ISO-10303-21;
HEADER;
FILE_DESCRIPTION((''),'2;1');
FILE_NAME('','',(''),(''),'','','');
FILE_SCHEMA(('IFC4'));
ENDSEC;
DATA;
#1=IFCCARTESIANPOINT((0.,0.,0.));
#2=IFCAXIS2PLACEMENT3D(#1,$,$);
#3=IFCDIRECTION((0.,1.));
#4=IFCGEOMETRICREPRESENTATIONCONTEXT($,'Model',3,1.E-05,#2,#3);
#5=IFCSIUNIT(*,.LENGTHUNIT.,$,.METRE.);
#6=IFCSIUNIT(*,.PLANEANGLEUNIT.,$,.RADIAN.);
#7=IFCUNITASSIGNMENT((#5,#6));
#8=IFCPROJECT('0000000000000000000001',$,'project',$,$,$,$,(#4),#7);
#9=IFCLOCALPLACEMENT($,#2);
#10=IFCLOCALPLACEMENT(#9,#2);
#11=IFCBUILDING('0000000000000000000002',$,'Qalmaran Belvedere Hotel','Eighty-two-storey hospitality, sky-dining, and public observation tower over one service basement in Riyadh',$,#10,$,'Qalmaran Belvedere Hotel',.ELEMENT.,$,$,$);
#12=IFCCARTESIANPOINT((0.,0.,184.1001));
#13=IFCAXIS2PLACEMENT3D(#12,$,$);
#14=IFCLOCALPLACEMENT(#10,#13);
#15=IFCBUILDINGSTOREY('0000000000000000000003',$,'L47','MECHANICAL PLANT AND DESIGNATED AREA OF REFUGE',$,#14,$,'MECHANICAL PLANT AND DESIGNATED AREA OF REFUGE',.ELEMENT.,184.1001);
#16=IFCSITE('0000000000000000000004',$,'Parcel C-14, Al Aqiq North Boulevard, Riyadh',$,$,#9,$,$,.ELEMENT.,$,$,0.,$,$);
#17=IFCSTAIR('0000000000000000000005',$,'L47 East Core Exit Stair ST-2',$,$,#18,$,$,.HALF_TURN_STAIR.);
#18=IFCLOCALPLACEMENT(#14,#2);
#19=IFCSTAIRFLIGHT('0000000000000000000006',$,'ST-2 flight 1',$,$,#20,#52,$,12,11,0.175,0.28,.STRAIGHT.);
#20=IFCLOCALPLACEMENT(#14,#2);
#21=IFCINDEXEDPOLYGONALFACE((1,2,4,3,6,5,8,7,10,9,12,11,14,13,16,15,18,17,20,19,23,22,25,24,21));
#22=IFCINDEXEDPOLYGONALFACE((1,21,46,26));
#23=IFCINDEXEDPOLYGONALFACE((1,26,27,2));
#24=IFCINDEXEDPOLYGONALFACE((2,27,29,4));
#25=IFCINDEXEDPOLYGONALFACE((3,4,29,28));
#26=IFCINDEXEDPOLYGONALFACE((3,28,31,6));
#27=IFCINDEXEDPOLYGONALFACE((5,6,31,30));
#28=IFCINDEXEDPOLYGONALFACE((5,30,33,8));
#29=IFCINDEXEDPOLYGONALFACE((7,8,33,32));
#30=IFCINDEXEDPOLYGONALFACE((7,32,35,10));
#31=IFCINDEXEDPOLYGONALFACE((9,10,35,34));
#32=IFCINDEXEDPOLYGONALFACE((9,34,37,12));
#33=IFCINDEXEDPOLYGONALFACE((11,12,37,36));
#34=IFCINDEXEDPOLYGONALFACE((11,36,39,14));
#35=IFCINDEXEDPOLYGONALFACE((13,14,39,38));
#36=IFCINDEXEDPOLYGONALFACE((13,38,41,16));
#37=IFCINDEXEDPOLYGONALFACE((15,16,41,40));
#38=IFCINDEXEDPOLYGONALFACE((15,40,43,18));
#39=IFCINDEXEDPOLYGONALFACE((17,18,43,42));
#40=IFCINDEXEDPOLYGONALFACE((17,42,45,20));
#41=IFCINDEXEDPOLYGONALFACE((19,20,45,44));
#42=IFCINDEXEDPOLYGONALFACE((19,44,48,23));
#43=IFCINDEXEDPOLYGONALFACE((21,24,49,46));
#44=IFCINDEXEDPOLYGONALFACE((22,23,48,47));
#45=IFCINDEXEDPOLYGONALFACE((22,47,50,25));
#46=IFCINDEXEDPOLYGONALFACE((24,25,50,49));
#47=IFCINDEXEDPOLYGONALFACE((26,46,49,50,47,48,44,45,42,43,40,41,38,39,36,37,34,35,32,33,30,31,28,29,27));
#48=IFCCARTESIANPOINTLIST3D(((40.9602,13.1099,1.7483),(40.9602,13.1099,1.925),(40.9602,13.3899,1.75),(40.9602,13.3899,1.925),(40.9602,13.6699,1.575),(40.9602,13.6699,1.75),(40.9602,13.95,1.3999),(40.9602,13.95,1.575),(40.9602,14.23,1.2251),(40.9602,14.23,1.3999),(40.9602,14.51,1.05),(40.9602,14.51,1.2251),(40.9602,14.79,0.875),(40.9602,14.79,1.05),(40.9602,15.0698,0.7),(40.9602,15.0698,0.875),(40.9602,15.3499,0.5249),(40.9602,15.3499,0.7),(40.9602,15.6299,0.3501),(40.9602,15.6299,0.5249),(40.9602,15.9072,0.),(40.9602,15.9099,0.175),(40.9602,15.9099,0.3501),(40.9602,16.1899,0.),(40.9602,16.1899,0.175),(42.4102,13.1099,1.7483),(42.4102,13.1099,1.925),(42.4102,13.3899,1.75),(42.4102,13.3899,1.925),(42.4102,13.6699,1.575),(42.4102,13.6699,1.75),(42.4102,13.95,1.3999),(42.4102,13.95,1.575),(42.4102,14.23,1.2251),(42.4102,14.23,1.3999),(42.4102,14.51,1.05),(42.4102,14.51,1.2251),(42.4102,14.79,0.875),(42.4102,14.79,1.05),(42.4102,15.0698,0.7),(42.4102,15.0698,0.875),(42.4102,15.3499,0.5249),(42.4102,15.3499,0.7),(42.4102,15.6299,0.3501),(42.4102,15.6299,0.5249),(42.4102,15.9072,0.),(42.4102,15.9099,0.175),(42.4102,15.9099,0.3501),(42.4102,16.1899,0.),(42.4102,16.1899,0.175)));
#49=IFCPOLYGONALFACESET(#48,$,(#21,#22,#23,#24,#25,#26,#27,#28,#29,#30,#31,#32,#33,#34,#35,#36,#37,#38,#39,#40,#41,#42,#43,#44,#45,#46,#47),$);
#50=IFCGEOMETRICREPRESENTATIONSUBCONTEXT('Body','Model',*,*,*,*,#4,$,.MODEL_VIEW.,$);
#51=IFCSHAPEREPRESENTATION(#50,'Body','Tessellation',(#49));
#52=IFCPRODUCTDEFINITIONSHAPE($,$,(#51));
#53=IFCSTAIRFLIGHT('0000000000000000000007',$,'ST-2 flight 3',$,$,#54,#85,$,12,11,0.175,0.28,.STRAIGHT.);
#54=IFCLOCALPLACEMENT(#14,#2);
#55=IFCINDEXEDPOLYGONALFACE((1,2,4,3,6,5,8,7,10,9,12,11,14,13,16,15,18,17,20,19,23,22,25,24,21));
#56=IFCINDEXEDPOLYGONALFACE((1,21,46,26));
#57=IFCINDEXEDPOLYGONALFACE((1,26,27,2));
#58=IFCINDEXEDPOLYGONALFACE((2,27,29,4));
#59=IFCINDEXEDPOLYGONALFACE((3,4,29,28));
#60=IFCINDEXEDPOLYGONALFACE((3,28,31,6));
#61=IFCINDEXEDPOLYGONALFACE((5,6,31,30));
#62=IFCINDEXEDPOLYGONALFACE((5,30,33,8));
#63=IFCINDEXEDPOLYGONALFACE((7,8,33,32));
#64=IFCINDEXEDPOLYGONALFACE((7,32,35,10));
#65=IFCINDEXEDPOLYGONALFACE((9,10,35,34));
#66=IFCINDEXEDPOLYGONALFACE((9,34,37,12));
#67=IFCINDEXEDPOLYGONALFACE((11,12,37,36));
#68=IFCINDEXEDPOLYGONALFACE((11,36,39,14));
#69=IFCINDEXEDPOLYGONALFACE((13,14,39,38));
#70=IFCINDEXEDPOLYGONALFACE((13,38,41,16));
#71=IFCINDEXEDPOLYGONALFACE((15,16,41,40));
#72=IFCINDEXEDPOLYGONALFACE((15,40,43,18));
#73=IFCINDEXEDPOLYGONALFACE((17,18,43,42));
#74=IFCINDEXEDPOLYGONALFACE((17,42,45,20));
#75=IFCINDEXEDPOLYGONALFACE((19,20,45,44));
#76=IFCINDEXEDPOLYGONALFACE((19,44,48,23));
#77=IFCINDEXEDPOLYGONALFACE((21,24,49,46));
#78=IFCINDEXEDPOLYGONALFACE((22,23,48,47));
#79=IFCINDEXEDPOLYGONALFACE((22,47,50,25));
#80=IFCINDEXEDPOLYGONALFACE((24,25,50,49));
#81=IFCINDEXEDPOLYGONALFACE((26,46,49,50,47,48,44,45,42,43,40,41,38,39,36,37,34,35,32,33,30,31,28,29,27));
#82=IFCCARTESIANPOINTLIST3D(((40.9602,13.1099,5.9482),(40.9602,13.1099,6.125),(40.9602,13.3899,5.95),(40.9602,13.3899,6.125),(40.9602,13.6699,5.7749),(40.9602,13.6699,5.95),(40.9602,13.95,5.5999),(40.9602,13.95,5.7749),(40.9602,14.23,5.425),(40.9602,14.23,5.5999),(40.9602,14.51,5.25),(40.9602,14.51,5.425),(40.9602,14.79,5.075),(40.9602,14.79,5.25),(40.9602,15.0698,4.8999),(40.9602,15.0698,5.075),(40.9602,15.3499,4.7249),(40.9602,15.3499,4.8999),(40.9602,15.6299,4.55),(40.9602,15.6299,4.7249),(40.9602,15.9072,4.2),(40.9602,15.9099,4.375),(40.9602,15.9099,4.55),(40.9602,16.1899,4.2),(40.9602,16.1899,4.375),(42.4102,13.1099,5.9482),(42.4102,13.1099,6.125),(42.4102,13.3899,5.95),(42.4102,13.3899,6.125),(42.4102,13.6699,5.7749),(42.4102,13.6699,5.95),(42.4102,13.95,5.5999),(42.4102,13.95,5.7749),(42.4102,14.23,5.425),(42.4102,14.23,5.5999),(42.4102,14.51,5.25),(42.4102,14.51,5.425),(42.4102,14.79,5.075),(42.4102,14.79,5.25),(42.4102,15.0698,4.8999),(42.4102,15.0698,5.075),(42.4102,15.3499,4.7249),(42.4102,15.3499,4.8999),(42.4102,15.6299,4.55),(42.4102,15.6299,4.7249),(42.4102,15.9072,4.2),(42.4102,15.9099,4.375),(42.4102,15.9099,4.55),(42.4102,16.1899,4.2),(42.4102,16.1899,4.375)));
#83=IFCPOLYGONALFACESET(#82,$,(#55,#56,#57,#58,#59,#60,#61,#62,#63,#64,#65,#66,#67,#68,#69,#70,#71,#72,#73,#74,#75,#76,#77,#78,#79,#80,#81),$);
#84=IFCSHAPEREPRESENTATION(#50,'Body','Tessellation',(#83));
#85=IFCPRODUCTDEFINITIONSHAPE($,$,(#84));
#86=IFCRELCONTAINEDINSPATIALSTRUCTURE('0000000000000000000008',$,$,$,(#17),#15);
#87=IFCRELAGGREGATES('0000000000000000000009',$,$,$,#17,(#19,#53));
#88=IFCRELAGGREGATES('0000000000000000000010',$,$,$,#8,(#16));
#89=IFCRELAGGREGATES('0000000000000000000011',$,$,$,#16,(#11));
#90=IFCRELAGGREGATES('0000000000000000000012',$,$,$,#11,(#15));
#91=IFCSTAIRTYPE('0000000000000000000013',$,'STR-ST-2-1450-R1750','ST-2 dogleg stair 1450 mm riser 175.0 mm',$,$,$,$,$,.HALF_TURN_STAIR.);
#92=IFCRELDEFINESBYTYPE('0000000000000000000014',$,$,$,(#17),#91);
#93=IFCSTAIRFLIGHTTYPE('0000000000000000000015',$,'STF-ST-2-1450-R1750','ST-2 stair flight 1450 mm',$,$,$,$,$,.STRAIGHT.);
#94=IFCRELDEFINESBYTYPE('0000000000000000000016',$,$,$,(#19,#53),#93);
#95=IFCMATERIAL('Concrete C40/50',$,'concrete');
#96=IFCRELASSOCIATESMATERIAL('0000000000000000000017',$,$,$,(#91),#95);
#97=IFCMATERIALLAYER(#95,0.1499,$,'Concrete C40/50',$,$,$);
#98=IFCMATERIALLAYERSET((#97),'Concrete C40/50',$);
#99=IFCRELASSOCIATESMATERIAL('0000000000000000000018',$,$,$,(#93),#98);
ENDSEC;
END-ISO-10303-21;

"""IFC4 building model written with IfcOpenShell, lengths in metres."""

from ifc_helpers import new_model, si_unit, direction, frame, origin, place, context, subcontext, project, spatial, polyline, outline, extrude, material, layer, layer_set, type_object, element, aggregate, save


model = new_model("IFC4")

# Units and contexts
model_context = context("Model", 3, precision=1e-05, world=origin(), true_north=direction((0.0, 1.0)))
body_context = subcontext(model_context, "Body", "Model", "MODEL_VIEW")
ifc_project = project(units=[si_unit("LENGTHUNIT", "METRE"), si_unit("PLANEANGLEUNIT", "RADIAN")], contexts=[model_context])

# Site, building, storey
site_placement = place(None, origin())
site = spatial("IfcSite", under=ifc_project, at=site_placement, Name="Parcel C-14, Al Aqiq North Boulevard, Riyadh", CompositionType="ELEMENT", RefElevation=0.0)
building_placement = place(site_placement, origin())
building = spatial("IfcBuilding", under=site, at=building_placement, Name="Qalmaran Belvedere Hotel", Description="Eighty-two-storey hospitality, sky-dining, and public observation tower over one service basement in Riyadh", LongName="Qalmaran Belvedere Hotel", CompositionType="ELEMENT")
storey_placement = place(building_placement, frame((0.0, 0.0, 184.1001)))
storey = spatial("IfcBuildingStorey", under=building, at=storey_placement, Name="L47", Description="MECHANICAL PLANT AND DESIGNATED AREA OF REFUGE", LongName="MECHANICAL PLANT AND DESIGNATED AREA OF REFUGE", CompositionType="ELEMENT", Elevation=184.1001)

# Stair, stair flights
ifc_material_1 = material(Name="Concrete C40/50", Category="concrete")
stair_type = type_object("IfcStairType", Name="STR-ST-2-1450-R1750", Description="ST-2 dogleg stair 1450 mm riser 175.0 mm", PredefinedType="HALF_TURN_STAIR", material=ifc_material_1)
stair_placement = place(storey_placement, origin())
stair = element("IfcStair", 1, at=stair_placement, inside=storey, type_object=stair_type, Name="L47 East Core Exit Stair ST-2", PredefinedType="HALF_TURN_STAIR")
ifc_layer_1 = layer(ifc_material_1, 0.1499, Name="Concrete C40/50")
ifc_layer_set_1 = layer_set([ifc_layer_1], Name="Concrete C40/50")
stair_flight_type = type_object("IfcStairFlightType", Name="STF-ST-2-1450-R1750", Description="ST-2 stair flight 1450 mm", PredefinedType="STRAIGHT", material=ifc_layer_set_1)
stair_flight_1_placement = place(storey_placement, frame((41.6851, 16.1899, 0.0), z_axis=(0.0, 0.0, 1.0), x_axis=(0.0, -1.0, 0.0)))
stair_flight_1 = element("IfcStairFlight", 2, at=stair_flight_1_placement, type_object=stair_flight_type, Name="ST-2 flight 1", NumberOfRisers=12, NumberOfTreads=11, PredefinedType="STRAIGHT", RiserHeight=0.175, TreadLength=0.28, context=body_context, shape_type="SweptSolid", body=[
    extrude(outline(polyline([(0.0, 0.0), (0.0, 0.175), (0.28, 0.175), (0.28, 0.3501), (0.5601, 0.3501), (0.5601, 0.5249), (0.8401, 0.5249), (0.8401, 0.7), (1.1201, 0.7), (1.1201, 0.875), (1.3999, 0.875), (1.3999, 1.05), (1.6799, 1.05), (1.6799, 1.2251), (1.96, 1.2251), (1.96, 1.3999), (2.24, 1.3999), (2.24, 1.575), (2.52, 1.575), (2.52, 1.75), (2.8, 1.75), (2.8, 1.925), (3.0801, 1.925), (3.0801, 2.1001), (3.0801, 1.7483), (0.2827, 0.0), (0.0, 0.0)])), frame((0.0, 0.7251, 0.0), z_axis=(0.0, -1.0, 0.0), x_axis=(1.0, 0.0, 0.0)), (0.0, 0.0, 1.0), 1.45),
])
stair_flight_2_placement = place(storey_placement, frame((41.6851, 16.1899, 4.2), z_axis=(0.0, 0.0, 1.0), x_axis=(0.0, -1.0, 0.0)))
stair_flight_2 = element("IfcStairFlight", 3, at=stair_flight_2_placement, type_object=stair_flight_type, Name="ST-2 flight 3", NumberOfRisers=12, NumberOfTreads=11, PredefinedType="STRAIGHT", RiserHeight=0.175, TreadLength=0.28, context=body_context, shape_type="SweptSolid", body=[
    extrude(outline(polyline([(0.0, 0.0), (0.0, 0.175), (0.28, 0.175), (0.28, 0.3501), (0.5601, 0.3501), (0.5601, 0.5249), (0.8401, 0.5249), (0.8401, 0.7), (1.1201, 0.7), (1.1201, 0.875), (1.3999, 0.875), (1.3999, 1.05), (1.6799, 1.05), (1.6799, 1.2251), (1.96, 1.2251), (1.96, 1.3999), (2.24, 1.3999), (2.24, 1.575), (2.52, 1.575), (2.52, 1.75), (2.8, 1.75), (2.8, 1.925), (3.0801, 1.925), (3.0801, 2.1001), (3.0801, 1.7483), (0.2827, 0.0), (0.0, 0.0)])), frame((0.0, 0.7251, 0.0), z_axis=(0.0, -1.0, 0.0), x_axis=(1.0, 0.0, 0.0)), (0.0, 0.0, 1.0), 1.45),
])
aggregate(stair, [stair_flight_1, stair_flight_2])

save(model, "model.ifc")
